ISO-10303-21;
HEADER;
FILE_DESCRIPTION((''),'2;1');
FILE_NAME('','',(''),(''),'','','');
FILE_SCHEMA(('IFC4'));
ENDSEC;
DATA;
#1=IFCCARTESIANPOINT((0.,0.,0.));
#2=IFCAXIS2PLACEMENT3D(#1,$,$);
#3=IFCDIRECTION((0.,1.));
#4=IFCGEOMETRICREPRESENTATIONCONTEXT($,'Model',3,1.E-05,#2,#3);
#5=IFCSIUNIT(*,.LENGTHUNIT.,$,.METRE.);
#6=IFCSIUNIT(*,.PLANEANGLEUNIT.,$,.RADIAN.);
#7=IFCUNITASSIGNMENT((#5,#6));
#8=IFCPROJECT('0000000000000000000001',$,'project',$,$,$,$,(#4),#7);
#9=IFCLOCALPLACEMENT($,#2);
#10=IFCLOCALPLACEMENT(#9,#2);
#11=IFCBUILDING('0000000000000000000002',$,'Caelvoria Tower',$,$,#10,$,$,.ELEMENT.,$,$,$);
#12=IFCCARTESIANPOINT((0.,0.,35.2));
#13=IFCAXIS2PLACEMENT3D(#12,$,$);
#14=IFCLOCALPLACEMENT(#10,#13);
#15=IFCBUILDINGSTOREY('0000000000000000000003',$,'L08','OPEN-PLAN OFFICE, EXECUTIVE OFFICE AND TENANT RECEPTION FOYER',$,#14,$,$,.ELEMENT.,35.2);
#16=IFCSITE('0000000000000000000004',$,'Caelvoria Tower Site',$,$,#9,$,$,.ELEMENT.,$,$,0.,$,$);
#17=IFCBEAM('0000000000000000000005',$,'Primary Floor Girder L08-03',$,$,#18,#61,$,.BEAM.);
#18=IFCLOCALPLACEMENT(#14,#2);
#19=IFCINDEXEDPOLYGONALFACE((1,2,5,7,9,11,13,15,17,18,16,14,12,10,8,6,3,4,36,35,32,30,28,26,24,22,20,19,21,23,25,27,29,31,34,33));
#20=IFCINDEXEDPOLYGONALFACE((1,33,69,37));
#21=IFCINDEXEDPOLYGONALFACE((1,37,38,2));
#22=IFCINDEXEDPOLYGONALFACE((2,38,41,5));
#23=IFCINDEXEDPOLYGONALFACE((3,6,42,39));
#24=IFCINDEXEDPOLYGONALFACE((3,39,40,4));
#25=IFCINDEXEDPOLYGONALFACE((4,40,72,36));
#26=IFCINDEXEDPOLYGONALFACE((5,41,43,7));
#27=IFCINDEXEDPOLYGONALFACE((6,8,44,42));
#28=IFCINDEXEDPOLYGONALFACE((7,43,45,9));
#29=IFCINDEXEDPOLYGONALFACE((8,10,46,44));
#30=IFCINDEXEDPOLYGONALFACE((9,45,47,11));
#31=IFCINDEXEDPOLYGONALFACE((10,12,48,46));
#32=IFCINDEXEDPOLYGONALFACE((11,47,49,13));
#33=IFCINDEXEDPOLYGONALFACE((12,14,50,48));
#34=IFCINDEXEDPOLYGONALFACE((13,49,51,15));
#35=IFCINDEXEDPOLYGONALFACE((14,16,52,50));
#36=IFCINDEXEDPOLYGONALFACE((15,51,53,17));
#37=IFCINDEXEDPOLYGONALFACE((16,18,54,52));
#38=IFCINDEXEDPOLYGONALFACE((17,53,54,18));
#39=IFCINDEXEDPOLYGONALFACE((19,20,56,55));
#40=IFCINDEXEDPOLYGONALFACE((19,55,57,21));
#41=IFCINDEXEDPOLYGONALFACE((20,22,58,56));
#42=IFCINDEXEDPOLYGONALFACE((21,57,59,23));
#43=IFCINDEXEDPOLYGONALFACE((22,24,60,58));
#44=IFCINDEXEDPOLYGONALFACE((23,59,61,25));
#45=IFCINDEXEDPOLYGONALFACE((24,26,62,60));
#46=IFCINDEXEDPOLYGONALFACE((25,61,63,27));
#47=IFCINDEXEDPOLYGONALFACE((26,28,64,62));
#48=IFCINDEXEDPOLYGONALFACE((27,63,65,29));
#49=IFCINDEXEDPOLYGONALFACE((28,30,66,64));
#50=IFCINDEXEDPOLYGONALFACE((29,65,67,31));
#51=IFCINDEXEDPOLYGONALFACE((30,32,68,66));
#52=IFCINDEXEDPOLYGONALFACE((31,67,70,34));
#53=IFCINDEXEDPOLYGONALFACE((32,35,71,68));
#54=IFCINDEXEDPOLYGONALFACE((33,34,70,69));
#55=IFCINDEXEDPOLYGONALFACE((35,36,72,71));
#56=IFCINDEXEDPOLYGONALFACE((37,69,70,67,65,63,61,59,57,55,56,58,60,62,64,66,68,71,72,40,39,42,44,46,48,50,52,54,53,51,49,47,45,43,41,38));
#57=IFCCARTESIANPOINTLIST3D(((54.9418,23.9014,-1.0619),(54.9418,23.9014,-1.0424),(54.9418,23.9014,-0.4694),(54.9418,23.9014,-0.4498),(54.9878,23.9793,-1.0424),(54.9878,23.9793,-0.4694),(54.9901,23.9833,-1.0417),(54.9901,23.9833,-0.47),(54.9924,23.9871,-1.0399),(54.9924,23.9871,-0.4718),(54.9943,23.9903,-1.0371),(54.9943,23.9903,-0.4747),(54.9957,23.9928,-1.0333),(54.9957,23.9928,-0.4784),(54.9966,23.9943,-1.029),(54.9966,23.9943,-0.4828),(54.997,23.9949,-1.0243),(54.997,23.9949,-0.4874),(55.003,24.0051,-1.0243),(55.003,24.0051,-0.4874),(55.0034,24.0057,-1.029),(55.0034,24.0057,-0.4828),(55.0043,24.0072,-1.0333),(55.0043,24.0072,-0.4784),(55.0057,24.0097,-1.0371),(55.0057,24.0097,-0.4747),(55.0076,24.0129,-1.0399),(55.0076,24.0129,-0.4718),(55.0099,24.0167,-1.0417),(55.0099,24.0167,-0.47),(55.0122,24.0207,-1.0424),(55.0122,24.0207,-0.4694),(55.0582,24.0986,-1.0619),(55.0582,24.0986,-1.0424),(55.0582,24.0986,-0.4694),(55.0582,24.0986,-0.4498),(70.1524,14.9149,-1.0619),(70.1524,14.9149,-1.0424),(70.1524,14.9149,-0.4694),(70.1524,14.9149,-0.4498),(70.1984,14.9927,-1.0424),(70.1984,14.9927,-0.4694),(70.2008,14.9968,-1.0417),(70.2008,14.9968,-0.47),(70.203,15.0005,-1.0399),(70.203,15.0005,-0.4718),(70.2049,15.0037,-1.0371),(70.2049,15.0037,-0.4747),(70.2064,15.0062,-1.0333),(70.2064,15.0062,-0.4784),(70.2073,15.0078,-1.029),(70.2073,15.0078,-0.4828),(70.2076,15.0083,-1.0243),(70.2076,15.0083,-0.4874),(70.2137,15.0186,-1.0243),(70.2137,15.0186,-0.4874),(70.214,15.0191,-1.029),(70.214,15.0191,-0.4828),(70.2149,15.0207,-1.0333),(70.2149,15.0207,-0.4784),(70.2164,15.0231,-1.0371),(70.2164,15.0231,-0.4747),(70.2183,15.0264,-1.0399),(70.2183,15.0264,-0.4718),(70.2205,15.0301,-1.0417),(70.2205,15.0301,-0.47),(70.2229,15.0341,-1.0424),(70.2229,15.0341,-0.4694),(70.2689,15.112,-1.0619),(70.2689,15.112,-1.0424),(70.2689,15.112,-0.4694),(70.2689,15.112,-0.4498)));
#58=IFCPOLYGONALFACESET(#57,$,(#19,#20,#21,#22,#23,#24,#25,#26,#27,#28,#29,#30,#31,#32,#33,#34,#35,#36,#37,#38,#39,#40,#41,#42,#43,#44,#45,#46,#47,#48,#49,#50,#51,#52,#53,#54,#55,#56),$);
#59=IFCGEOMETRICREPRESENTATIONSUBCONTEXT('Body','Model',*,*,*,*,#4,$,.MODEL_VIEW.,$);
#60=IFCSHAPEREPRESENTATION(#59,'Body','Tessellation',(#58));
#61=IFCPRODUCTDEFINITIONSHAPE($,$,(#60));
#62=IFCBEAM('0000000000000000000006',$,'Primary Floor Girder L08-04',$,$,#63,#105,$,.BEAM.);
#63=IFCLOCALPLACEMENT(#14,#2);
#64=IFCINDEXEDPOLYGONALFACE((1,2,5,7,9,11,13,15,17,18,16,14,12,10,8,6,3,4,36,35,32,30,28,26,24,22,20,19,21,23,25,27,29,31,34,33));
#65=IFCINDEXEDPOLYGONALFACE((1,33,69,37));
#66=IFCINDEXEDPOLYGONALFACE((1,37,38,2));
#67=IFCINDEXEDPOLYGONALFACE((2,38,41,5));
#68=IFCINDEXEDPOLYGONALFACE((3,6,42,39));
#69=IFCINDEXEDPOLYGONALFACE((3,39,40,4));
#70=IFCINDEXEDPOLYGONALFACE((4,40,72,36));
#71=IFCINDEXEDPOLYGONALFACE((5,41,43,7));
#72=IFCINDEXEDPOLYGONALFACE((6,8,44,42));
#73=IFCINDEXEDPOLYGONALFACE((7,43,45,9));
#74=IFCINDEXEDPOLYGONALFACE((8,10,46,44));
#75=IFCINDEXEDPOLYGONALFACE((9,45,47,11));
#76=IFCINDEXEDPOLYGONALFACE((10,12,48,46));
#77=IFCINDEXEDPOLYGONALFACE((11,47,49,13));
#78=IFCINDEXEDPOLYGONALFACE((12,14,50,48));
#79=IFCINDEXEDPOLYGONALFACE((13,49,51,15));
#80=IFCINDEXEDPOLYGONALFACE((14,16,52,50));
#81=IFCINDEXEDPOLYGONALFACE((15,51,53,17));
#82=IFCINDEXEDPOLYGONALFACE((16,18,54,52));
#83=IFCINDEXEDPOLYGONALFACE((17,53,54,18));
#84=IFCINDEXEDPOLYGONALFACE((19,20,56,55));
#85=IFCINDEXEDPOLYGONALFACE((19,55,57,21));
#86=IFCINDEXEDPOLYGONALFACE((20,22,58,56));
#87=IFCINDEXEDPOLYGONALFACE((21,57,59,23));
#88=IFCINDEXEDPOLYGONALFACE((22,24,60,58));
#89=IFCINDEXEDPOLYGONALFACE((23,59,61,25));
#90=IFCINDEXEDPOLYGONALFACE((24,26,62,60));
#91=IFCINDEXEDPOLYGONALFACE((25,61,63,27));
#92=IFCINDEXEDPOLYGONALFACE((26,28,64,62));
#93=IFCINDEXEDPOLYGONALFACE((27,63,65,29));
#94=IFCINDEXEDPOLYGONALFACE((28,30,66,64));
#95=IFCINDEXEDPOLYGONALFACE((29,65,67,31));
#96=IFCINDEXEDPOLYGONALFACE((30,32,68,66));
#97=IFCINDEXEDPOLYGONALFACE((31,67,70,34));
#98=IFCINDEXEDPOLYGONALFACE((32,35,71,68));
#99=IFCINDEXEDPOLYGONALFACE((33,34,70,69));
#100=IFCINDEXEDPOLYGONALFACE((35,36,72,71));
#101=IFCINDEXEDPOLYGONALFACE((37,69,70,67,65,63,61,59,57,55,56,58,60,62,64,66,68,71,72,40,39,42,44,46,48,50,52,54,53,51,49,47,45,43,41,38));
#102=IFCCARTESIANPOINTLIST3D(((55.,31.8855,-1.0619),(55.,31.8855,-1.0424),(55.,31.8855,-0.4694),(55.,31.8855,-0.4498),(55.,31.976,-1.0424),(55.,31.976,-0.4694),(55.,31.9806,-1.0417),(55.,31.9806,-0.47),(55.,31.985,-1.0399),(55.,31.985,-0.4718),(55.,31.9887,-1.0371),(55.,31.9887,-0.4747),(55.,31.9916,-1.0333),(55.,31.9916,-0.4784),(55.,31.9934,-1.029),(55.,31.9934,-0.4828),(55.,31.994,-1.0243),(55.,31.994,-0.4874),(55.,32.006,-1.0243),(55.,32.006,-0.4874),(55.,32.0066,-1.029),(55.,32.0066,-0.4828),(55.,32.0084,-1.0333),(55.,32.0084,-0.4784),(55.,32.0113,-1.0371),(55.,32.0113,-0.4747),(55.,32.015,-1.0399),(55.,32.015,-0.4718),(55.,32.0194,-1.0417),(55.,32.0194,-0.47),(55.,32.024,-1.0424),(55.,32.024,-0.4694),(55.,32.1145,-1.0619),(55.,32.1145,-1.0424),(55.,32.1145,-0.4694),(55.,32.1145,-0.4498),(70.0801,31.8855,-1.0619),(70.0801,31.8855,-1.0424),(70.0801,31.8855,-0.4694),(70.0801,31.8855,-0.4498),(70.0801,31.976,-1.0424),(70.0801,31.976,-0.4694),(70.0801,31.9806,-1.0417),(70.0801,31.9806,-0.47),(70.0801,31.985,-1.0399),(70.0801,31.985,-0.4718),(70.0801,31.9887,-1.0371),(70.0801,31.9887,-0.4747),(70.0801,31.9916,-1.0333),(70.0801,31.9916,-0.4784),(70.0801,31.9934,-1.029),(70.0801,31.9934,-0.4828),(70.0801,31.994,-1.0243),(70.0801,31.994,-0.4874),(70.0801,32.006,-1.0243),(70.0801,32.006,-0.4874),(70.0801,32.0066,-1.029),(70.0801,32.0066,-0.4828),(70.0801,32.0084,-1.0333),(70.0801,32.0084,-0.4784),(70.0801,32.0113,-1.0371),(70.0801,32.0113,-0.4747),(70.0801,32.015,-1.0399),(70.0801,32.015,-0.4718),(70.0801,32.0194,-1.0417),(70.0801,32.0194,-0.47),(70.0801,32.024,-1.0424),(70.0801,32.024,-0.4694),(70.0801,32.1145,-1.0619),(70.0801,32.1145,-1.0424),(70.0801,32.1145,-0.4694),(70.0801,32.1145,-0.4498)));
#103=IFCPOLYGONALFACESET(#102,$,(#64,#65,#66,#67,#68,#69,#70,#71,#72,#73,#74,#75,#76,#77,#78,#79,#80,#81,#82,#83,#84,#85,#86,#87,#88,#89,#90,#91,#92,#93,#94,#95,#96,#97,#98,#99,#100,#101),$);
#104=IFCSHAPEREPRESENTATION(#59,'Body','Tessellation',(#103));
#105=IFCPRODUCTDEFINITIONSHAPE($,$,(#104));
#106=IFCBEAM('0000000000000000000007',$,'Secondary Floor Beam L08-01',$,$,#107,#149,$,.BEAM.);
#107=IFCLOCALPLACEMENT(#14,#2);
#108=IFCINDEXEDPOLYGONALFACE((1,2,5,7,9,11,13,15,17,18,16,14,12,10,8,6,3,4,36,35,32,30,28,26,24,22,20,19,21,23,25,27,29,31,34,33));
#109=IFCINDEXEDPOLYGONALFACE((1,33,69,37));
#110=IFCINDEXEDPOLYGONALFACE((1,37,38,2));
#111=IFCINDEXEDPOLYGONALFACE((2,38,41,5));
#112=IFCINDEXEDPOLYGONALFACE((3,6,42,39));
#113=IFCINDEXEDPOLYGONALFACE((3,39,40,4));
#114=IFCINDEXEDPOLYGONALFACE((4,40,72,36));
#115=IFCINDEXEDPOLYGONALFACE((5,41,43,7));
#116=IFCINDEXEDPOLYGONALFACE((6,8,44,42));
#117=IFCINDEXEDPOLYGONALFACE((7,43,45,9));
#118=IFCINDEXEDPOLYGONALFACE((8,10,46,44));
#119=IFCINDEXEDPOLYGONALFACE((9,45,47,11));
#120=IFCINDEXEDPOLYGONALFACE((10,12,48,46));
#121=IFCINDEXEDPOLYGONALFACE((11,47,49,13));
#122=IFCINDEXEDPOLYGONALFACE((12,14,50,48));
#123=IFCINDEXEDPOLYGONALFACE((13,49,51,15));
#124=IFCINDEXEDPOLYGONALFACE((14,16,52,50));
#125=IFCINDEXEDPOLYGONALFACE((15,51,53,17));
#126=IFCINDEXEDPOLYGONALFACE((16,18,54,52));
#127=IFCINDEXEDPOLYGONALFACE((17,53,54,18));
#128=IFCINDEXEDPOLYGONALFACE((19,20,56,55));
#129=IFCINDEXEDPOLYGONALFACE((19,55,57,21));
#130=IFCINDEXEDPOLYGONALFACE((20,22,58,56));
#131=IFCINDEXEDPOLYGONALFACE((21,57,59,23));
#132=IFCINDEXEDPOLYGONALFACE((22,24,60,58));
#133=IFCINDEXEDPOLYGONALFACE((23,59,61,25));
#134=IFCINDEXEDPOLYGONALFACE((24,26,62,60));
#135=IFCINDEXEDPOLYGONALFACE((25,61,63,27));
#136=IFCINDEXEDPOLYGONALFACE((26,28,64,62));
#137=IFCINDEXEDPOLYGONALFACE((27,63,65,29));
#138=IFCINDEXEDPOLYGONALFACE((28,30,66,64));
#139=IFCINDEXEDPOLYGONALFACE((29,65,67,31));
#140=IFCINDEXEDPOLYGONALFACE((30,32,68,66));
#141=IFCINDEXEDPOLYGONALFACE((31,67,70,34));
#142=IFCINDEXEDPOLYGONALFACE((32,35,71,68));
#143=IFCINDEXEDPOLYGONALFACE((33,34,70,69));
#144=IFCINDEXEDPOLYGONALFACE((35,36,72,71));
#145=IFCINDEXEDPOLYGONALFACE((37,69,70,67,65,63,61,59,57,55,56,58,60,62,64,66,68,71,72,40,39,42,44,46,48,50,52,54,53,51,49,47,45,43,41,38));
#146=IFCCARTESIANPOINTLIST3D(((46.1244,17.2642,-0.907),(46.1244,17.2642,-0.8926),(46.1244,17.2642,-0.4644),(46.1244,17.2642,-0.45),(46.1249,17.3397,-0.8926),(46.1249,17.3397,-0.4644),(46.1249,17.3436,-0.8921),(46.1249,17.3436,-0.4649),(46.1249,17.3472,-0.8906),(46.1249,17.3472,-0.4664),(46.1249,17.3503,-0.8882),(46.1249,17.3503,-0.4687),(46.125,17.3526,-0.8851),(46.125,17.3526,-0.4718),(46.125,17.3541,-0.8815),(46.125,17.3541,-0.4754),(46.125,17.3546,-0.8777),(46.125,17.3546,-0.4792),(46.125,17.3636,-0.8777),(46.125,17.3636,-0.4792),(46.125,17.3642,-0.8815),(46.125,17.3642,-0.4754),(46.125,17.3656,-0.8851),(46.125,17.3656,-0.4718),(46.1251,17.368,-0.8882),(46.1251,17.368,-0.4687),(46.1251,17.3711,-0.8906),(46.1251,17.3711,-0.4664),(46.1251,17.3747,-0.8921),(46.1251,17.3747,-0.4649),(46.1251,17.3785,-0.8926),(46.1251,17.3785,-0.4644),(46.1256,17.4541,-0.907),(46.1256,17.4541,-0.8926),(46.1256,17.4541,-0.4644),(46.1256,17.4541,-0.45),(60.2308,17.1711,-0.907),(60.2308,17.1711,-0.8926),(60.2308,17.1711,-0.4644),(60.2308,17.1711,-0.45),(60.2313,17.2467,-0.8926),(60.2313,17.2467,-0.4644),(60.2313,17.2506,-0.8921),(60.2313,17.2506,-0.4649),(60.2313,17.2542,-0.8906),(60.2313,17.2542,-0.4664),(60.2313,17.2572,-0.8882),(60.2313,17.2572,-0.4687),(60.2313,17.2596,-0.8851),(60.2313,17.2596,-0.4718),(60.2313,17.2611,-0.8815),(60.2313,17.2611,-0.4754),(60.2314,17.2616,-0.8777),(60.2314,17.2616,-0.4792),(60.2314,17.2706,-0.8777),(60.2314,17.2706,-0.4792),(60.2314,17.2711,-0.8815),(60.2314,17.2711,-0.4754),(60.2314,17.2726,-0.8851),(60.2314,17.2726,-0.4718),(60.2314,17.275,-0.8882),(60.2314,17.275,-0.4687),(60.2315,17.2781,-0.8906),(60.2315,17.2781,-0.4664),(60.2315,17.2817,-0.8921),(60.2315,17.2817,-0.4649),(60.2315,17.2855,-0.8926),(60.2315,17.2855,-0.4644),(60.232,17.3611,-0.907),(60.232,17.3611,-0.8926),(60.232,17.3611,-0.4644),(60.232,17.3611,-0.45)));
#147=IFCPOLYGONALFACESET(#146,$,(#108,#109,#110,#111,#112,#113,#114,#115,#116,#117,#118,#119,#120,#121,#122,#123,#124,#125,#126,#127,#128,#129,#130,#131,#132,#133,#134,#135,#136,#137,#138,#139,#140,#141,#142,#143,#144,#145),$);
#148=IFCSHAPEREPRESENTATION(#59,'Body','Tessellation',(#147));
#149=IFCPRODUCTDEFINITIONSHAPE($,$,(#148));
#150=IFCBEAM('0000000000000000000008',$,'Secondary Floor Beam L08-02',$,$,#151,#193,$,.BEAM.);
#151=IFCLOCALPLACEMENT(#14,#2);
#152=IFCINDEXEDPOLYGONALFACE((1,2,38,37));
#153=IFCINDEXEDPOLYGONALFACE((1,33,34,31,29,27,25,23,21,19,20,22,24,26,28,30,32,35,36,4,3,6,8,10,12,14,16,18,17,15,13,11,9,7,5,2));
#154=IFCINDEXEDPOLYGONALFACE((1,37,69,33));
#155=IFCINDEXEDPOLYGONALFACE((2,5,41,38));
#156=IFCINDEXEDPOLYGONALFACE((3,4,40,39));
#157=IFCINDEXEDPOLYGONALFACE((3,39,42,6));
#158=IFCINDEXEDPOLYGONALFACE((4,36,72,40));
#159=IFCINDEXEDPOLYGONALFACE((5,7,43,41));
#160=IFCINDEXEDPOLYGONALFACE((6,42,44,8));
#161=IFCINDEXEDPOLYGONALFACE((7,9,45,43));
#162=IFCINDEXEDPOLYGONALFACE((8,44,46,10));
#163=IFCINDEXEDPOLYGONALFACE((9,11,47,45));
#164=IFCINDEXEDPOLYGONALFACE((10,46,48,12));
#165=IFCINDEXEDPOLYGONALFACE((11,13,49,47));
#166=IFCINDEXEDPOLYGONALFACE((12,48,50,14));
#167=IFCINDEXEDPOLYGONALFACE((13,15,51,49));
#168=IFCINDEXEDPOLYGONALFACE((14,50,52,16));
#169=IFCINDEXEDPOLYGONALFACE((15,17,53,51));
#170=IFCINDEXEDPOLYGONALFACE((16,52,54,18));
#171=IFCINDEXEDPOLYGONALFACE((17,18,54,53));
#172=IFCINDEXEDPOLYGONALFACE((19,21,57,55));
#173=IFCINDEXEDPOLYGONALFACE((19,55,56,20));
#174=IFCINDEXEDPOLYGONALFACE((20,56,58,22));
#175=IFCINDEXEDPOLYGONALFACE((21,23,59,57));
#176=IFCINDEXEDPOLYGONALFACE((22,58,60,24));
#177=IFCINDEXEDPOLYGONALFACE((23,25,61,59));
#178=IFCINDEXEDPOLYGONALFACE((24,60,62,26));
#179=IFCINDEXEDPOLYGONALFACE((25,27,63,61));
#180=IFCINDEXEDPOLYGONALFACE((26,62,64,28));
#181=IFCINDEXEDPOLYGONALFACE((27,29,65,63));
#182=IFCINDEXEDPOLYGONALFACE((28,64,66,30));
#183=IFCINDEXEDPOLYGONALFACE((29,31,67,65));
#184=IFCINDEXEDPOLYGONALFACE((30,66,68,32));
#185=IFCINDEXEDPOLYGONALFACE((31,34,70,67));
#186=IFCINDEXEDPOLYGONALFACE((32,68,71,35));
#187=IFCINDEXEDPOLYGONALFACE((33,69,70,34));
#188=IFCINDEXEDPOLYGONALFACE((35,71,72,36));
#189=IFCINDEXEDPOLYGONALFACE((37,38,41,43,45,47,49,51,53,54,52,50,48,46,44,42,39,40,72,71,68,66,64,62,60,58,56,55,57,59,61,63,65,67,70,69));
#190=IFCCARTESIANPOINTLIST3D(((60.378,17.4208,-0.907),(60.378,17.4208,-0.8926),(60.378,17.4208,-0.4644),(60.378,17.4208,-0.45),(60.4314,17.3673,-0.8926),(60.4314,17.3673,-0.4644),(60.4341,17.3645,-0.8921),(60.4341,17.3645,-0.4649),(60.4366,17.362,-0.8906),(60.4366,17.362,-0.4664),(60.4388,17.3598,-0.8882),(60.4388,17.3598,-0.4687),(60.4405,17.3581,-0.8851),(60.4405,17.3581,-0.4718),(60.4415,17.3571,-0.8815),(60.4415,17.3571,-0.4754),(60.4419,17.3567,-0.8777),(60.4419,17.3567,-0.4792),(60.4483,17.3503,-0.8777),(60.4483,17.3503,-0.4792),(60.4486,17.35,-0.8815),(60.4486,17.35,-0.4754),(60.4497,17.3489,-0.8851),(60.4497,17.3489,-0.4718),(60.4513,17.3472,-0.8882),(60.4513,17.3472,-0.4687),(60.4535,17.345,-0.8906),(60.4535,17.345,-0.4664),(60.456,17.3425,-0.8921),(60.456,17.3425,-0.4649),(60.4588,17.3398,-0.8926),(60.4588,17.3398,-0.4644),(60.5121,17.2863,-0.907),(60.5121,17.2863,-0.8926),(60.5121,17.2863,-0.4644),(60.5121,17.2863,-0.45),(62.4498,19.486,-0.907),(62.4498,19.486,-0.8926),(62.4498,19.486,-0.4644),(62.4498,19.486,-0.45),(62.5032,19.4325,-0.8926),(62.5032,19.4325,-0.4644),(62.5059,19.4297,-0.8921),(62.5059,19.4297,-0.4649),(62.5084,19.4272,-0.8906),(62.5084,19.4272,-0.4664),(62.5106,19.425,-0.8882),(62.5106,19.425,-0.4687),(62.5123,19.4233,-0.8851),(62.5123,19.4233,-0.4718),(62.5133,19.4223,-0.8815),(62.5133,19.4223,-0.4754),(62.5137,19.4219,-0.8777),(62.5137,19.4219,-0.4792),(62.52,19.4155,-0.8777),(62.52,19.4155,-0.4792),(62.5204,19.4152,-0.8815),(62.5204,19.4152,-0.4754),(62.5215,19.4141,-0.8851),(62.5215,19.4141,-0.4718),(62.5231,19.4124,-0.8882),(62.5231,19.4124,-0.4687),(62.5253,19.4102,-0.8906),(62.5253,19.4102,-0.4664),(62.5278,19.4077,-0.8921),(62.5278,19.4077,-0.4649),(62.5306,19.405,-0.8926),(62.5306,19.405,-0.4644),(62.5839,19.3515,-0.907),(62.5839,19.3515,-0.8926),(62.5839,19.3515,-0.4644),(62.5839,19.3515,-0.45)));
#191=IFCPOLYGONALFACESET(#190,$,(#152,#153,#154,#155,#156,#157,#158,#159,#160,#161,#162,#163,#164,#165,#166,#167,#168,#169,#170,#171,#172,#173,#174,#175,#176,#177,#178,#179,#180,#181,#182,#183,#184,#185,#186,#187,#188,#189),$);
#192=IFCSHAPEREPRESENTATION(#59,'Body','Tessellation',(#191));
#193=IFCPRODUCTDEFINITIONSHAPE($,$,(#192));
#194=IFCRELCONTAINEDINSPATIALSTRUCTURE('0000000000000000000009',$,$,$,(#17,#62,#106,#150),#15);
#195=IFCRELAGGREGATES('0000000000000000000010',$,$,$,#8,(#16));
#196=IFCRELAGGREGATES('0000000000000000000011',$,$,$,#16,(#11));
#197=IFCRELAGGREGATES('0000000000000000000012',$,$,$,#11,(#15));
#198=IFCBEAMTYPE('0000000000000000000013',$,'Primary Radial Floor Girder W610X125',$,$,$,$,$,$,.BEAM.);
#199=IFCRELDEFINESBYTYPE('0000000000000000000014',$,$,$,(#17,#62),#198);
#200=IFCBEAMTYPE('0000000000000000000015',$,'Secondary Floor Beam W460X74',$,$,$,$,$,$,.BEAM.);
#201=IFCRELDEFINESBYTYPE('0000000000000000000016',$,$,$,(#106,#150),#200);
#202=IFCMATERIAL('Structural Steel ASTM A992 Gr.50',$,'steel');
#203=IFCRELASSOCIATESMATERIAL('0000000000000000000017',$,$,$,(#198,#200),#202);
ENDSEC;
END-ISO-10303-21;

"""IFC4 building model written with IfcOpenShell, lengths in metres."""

from ifc_helpers import new_model, si_unit, direction, frame, origin, origin_2d, place, context, subcontext, project, spatial, i_section, extrude, material, material_profile, profile_set, type_object, element, save


model = new_model("IFC4")

# Units and contexts
model_context = context("Model", 3, precision=1e-05, world=origin(), true_north=direction((0.0, 1.0)))
body_context = subcontext(model_context, "Body", "Model", "MODEL_VIEW")
ifc_project = project(units=[si_unit("LENGTHUNIT", "METRE"), si_unit("PLANEANGLEUNIT", "RADIAN")], contexts=[model_context])

# Site, building, storey
site_placement = place(None, origin())
site = spatial("IfcSite", under=ifc_project, at=site_placement, Name="Caelvoria Tower Site", CompositionType="ELEMENT", RefElevation=0.0)
building_placement = place(site_placement, origin())
building = spatial("IfcBuilding", under=site, at=building_placement, Name="Caelvoria Tower", CompositionType="ELEMENT")
storey_placement = place(building_placement, frame((0.0, 0.0, 35.2)))
storey = spatial("IfcBuildingStorey", under=building, at=storey_placement, Name="L08", Description="OPEN-PLAN OFFICE, EXECUTIVE OFFICE AND TENANT RECEPTION FOYER", CompositionType="ELEMENT", Elevation=35.2)

# Beams
ifc_material_1 = material(Name="Structural Steel ASTM A992 Gr.50", Category="steel")
ifc_material_profile_1 = material_profile(ifc_material_1, i_section(OverallWidth=0.229, OverallDepth=0.6121, WebThickness=0.012, FlangeThickness=0.0195, FilletRadius=0.0181, at=origin_2d()), Name="Structural Steel ASTM A992 Gr.50")
ifc_profile_set_1 = profile_set([ifc_material_profile_1], Name="W610X125 - Structural Steel ASTM A992 Gr.50")
beam_type_1 = type_object("IfcBeamType", Name="Primary Radial Floor Girder W610X125", PredefinedType="BEAM", material=ifc_profile_set_1)
beam_1_placement = place(storey_placement, frame((55.0, 24.0, -0.7559), z_axis=(0.860965, -0.508664, 0.0), x_axis=(0.508664, 0.860965, 0.0)))
element("IfcBeam", 1, at=beam_1_placement, inside=storey, type_object=beam_type_1, Name="Primary Floor Girder L08-03", PredefinedType="BEAM", context=body_context, shape_type="SweptSolid", body=[
    extrude(i_section(OverallWidth=0.229, OverallDepth=0.6121, WebThickness=0.012, FlangeThickness=0.0195, FilletRadius=0.0181, at=origin_2d()), origin(), (0.0, 0.0, 1.0), 17.667),
])
beam_2_placement = place(storey_placement, frame((55.0, 32.0, -0.7559), z_axis=(1.0, 0.0, 0.0), x_axis=(0.0, 1.0, 0.0)))
element("IfcBeam", 2, at=beam_2_placement, inside=storey, type_object=beam_type_1, Name="Primary Floor Girder L08-04", PredefinedType="BEAM", context=body_context, shape_type="SweptSolid", body=[
    extrude(i_section(OverallWidth=0.229, OverallDepth=0.6121, WebThickness=0.012, FlangeThickness=0.0195, FilletRadius=0.0181, at=origin_2d()), origin(), (0.0, 0.0, 1.0), 15.0801),
])
ifc_material_profile_2 = material_profile(ifc_material_1, i_section(OverallWidth=0.1899, OverallDepth=0.457, WebThickness=0.009, FlangeThickness=0.0144, FilletRadius=0.0149, at=origin_2d()), Name="Structural Steel ASTM A992 Gr.50")
ifc_profile_set_2 = profile_set([ifc_material_profile_2], Name="W460X74 - Structural Steel ASTM A992 Gr.50")
beam_type_2 = type_object("IfcBeamType", Name="Secondary Floor Beam W460X74", PredefinedType="BEAM", material=ifc_profile_set_2)
beam_3_placement = place(storey_placement, frame((46.125, 17.3591, -0.6785), z_axis=(0.999978, -0.006594, 0.0), x_axis=(0.006594, 0.999978, 0.0)))
element("IfcBeam", 3, at=beam_3_placement, inside=storey, type_object=beam_type_2, Name="Secondary Floor Beam L08-01", PredefinedType="BEAM", context=body_context, shape_type="SweptSolid", body=[
    extrude(i_section(OverallWidth=0.1899, OverallDepth=0.457, WebThickness=0.009, FlangeThickness=0.0144, FilletRadius=0.0149, at=origin_2d()), origin(), (0.0, 0.0, 1.0), 14.1067),
])
beam_4_placement = place(storey_placement, frame((60.4451, 17.3535, -0.6785), z_axis=(0.708233, 0.705979, 0.0), x_axis=(-0.705979, 0.708233, 0.0)))
element("IfcBeam", 4, at=beam_4_placement, inside=storey, type_object=beam_type_2, Name="Secondary Floor Beam L08-02", PredefinedType="BEAM", context=body_context, shape_type="SweptSolid", body=[
    extrude(i_section(OverallWidth=0.1899, OverallDepth=0.457, WebThickness=0.009, FlangeThickness=0.0144, FilletRadius=0.0149, at=origin_2d()), origin(), (0.0, 0.0, 1.0), 2.9253),
])

save(model, "model.ifc")
